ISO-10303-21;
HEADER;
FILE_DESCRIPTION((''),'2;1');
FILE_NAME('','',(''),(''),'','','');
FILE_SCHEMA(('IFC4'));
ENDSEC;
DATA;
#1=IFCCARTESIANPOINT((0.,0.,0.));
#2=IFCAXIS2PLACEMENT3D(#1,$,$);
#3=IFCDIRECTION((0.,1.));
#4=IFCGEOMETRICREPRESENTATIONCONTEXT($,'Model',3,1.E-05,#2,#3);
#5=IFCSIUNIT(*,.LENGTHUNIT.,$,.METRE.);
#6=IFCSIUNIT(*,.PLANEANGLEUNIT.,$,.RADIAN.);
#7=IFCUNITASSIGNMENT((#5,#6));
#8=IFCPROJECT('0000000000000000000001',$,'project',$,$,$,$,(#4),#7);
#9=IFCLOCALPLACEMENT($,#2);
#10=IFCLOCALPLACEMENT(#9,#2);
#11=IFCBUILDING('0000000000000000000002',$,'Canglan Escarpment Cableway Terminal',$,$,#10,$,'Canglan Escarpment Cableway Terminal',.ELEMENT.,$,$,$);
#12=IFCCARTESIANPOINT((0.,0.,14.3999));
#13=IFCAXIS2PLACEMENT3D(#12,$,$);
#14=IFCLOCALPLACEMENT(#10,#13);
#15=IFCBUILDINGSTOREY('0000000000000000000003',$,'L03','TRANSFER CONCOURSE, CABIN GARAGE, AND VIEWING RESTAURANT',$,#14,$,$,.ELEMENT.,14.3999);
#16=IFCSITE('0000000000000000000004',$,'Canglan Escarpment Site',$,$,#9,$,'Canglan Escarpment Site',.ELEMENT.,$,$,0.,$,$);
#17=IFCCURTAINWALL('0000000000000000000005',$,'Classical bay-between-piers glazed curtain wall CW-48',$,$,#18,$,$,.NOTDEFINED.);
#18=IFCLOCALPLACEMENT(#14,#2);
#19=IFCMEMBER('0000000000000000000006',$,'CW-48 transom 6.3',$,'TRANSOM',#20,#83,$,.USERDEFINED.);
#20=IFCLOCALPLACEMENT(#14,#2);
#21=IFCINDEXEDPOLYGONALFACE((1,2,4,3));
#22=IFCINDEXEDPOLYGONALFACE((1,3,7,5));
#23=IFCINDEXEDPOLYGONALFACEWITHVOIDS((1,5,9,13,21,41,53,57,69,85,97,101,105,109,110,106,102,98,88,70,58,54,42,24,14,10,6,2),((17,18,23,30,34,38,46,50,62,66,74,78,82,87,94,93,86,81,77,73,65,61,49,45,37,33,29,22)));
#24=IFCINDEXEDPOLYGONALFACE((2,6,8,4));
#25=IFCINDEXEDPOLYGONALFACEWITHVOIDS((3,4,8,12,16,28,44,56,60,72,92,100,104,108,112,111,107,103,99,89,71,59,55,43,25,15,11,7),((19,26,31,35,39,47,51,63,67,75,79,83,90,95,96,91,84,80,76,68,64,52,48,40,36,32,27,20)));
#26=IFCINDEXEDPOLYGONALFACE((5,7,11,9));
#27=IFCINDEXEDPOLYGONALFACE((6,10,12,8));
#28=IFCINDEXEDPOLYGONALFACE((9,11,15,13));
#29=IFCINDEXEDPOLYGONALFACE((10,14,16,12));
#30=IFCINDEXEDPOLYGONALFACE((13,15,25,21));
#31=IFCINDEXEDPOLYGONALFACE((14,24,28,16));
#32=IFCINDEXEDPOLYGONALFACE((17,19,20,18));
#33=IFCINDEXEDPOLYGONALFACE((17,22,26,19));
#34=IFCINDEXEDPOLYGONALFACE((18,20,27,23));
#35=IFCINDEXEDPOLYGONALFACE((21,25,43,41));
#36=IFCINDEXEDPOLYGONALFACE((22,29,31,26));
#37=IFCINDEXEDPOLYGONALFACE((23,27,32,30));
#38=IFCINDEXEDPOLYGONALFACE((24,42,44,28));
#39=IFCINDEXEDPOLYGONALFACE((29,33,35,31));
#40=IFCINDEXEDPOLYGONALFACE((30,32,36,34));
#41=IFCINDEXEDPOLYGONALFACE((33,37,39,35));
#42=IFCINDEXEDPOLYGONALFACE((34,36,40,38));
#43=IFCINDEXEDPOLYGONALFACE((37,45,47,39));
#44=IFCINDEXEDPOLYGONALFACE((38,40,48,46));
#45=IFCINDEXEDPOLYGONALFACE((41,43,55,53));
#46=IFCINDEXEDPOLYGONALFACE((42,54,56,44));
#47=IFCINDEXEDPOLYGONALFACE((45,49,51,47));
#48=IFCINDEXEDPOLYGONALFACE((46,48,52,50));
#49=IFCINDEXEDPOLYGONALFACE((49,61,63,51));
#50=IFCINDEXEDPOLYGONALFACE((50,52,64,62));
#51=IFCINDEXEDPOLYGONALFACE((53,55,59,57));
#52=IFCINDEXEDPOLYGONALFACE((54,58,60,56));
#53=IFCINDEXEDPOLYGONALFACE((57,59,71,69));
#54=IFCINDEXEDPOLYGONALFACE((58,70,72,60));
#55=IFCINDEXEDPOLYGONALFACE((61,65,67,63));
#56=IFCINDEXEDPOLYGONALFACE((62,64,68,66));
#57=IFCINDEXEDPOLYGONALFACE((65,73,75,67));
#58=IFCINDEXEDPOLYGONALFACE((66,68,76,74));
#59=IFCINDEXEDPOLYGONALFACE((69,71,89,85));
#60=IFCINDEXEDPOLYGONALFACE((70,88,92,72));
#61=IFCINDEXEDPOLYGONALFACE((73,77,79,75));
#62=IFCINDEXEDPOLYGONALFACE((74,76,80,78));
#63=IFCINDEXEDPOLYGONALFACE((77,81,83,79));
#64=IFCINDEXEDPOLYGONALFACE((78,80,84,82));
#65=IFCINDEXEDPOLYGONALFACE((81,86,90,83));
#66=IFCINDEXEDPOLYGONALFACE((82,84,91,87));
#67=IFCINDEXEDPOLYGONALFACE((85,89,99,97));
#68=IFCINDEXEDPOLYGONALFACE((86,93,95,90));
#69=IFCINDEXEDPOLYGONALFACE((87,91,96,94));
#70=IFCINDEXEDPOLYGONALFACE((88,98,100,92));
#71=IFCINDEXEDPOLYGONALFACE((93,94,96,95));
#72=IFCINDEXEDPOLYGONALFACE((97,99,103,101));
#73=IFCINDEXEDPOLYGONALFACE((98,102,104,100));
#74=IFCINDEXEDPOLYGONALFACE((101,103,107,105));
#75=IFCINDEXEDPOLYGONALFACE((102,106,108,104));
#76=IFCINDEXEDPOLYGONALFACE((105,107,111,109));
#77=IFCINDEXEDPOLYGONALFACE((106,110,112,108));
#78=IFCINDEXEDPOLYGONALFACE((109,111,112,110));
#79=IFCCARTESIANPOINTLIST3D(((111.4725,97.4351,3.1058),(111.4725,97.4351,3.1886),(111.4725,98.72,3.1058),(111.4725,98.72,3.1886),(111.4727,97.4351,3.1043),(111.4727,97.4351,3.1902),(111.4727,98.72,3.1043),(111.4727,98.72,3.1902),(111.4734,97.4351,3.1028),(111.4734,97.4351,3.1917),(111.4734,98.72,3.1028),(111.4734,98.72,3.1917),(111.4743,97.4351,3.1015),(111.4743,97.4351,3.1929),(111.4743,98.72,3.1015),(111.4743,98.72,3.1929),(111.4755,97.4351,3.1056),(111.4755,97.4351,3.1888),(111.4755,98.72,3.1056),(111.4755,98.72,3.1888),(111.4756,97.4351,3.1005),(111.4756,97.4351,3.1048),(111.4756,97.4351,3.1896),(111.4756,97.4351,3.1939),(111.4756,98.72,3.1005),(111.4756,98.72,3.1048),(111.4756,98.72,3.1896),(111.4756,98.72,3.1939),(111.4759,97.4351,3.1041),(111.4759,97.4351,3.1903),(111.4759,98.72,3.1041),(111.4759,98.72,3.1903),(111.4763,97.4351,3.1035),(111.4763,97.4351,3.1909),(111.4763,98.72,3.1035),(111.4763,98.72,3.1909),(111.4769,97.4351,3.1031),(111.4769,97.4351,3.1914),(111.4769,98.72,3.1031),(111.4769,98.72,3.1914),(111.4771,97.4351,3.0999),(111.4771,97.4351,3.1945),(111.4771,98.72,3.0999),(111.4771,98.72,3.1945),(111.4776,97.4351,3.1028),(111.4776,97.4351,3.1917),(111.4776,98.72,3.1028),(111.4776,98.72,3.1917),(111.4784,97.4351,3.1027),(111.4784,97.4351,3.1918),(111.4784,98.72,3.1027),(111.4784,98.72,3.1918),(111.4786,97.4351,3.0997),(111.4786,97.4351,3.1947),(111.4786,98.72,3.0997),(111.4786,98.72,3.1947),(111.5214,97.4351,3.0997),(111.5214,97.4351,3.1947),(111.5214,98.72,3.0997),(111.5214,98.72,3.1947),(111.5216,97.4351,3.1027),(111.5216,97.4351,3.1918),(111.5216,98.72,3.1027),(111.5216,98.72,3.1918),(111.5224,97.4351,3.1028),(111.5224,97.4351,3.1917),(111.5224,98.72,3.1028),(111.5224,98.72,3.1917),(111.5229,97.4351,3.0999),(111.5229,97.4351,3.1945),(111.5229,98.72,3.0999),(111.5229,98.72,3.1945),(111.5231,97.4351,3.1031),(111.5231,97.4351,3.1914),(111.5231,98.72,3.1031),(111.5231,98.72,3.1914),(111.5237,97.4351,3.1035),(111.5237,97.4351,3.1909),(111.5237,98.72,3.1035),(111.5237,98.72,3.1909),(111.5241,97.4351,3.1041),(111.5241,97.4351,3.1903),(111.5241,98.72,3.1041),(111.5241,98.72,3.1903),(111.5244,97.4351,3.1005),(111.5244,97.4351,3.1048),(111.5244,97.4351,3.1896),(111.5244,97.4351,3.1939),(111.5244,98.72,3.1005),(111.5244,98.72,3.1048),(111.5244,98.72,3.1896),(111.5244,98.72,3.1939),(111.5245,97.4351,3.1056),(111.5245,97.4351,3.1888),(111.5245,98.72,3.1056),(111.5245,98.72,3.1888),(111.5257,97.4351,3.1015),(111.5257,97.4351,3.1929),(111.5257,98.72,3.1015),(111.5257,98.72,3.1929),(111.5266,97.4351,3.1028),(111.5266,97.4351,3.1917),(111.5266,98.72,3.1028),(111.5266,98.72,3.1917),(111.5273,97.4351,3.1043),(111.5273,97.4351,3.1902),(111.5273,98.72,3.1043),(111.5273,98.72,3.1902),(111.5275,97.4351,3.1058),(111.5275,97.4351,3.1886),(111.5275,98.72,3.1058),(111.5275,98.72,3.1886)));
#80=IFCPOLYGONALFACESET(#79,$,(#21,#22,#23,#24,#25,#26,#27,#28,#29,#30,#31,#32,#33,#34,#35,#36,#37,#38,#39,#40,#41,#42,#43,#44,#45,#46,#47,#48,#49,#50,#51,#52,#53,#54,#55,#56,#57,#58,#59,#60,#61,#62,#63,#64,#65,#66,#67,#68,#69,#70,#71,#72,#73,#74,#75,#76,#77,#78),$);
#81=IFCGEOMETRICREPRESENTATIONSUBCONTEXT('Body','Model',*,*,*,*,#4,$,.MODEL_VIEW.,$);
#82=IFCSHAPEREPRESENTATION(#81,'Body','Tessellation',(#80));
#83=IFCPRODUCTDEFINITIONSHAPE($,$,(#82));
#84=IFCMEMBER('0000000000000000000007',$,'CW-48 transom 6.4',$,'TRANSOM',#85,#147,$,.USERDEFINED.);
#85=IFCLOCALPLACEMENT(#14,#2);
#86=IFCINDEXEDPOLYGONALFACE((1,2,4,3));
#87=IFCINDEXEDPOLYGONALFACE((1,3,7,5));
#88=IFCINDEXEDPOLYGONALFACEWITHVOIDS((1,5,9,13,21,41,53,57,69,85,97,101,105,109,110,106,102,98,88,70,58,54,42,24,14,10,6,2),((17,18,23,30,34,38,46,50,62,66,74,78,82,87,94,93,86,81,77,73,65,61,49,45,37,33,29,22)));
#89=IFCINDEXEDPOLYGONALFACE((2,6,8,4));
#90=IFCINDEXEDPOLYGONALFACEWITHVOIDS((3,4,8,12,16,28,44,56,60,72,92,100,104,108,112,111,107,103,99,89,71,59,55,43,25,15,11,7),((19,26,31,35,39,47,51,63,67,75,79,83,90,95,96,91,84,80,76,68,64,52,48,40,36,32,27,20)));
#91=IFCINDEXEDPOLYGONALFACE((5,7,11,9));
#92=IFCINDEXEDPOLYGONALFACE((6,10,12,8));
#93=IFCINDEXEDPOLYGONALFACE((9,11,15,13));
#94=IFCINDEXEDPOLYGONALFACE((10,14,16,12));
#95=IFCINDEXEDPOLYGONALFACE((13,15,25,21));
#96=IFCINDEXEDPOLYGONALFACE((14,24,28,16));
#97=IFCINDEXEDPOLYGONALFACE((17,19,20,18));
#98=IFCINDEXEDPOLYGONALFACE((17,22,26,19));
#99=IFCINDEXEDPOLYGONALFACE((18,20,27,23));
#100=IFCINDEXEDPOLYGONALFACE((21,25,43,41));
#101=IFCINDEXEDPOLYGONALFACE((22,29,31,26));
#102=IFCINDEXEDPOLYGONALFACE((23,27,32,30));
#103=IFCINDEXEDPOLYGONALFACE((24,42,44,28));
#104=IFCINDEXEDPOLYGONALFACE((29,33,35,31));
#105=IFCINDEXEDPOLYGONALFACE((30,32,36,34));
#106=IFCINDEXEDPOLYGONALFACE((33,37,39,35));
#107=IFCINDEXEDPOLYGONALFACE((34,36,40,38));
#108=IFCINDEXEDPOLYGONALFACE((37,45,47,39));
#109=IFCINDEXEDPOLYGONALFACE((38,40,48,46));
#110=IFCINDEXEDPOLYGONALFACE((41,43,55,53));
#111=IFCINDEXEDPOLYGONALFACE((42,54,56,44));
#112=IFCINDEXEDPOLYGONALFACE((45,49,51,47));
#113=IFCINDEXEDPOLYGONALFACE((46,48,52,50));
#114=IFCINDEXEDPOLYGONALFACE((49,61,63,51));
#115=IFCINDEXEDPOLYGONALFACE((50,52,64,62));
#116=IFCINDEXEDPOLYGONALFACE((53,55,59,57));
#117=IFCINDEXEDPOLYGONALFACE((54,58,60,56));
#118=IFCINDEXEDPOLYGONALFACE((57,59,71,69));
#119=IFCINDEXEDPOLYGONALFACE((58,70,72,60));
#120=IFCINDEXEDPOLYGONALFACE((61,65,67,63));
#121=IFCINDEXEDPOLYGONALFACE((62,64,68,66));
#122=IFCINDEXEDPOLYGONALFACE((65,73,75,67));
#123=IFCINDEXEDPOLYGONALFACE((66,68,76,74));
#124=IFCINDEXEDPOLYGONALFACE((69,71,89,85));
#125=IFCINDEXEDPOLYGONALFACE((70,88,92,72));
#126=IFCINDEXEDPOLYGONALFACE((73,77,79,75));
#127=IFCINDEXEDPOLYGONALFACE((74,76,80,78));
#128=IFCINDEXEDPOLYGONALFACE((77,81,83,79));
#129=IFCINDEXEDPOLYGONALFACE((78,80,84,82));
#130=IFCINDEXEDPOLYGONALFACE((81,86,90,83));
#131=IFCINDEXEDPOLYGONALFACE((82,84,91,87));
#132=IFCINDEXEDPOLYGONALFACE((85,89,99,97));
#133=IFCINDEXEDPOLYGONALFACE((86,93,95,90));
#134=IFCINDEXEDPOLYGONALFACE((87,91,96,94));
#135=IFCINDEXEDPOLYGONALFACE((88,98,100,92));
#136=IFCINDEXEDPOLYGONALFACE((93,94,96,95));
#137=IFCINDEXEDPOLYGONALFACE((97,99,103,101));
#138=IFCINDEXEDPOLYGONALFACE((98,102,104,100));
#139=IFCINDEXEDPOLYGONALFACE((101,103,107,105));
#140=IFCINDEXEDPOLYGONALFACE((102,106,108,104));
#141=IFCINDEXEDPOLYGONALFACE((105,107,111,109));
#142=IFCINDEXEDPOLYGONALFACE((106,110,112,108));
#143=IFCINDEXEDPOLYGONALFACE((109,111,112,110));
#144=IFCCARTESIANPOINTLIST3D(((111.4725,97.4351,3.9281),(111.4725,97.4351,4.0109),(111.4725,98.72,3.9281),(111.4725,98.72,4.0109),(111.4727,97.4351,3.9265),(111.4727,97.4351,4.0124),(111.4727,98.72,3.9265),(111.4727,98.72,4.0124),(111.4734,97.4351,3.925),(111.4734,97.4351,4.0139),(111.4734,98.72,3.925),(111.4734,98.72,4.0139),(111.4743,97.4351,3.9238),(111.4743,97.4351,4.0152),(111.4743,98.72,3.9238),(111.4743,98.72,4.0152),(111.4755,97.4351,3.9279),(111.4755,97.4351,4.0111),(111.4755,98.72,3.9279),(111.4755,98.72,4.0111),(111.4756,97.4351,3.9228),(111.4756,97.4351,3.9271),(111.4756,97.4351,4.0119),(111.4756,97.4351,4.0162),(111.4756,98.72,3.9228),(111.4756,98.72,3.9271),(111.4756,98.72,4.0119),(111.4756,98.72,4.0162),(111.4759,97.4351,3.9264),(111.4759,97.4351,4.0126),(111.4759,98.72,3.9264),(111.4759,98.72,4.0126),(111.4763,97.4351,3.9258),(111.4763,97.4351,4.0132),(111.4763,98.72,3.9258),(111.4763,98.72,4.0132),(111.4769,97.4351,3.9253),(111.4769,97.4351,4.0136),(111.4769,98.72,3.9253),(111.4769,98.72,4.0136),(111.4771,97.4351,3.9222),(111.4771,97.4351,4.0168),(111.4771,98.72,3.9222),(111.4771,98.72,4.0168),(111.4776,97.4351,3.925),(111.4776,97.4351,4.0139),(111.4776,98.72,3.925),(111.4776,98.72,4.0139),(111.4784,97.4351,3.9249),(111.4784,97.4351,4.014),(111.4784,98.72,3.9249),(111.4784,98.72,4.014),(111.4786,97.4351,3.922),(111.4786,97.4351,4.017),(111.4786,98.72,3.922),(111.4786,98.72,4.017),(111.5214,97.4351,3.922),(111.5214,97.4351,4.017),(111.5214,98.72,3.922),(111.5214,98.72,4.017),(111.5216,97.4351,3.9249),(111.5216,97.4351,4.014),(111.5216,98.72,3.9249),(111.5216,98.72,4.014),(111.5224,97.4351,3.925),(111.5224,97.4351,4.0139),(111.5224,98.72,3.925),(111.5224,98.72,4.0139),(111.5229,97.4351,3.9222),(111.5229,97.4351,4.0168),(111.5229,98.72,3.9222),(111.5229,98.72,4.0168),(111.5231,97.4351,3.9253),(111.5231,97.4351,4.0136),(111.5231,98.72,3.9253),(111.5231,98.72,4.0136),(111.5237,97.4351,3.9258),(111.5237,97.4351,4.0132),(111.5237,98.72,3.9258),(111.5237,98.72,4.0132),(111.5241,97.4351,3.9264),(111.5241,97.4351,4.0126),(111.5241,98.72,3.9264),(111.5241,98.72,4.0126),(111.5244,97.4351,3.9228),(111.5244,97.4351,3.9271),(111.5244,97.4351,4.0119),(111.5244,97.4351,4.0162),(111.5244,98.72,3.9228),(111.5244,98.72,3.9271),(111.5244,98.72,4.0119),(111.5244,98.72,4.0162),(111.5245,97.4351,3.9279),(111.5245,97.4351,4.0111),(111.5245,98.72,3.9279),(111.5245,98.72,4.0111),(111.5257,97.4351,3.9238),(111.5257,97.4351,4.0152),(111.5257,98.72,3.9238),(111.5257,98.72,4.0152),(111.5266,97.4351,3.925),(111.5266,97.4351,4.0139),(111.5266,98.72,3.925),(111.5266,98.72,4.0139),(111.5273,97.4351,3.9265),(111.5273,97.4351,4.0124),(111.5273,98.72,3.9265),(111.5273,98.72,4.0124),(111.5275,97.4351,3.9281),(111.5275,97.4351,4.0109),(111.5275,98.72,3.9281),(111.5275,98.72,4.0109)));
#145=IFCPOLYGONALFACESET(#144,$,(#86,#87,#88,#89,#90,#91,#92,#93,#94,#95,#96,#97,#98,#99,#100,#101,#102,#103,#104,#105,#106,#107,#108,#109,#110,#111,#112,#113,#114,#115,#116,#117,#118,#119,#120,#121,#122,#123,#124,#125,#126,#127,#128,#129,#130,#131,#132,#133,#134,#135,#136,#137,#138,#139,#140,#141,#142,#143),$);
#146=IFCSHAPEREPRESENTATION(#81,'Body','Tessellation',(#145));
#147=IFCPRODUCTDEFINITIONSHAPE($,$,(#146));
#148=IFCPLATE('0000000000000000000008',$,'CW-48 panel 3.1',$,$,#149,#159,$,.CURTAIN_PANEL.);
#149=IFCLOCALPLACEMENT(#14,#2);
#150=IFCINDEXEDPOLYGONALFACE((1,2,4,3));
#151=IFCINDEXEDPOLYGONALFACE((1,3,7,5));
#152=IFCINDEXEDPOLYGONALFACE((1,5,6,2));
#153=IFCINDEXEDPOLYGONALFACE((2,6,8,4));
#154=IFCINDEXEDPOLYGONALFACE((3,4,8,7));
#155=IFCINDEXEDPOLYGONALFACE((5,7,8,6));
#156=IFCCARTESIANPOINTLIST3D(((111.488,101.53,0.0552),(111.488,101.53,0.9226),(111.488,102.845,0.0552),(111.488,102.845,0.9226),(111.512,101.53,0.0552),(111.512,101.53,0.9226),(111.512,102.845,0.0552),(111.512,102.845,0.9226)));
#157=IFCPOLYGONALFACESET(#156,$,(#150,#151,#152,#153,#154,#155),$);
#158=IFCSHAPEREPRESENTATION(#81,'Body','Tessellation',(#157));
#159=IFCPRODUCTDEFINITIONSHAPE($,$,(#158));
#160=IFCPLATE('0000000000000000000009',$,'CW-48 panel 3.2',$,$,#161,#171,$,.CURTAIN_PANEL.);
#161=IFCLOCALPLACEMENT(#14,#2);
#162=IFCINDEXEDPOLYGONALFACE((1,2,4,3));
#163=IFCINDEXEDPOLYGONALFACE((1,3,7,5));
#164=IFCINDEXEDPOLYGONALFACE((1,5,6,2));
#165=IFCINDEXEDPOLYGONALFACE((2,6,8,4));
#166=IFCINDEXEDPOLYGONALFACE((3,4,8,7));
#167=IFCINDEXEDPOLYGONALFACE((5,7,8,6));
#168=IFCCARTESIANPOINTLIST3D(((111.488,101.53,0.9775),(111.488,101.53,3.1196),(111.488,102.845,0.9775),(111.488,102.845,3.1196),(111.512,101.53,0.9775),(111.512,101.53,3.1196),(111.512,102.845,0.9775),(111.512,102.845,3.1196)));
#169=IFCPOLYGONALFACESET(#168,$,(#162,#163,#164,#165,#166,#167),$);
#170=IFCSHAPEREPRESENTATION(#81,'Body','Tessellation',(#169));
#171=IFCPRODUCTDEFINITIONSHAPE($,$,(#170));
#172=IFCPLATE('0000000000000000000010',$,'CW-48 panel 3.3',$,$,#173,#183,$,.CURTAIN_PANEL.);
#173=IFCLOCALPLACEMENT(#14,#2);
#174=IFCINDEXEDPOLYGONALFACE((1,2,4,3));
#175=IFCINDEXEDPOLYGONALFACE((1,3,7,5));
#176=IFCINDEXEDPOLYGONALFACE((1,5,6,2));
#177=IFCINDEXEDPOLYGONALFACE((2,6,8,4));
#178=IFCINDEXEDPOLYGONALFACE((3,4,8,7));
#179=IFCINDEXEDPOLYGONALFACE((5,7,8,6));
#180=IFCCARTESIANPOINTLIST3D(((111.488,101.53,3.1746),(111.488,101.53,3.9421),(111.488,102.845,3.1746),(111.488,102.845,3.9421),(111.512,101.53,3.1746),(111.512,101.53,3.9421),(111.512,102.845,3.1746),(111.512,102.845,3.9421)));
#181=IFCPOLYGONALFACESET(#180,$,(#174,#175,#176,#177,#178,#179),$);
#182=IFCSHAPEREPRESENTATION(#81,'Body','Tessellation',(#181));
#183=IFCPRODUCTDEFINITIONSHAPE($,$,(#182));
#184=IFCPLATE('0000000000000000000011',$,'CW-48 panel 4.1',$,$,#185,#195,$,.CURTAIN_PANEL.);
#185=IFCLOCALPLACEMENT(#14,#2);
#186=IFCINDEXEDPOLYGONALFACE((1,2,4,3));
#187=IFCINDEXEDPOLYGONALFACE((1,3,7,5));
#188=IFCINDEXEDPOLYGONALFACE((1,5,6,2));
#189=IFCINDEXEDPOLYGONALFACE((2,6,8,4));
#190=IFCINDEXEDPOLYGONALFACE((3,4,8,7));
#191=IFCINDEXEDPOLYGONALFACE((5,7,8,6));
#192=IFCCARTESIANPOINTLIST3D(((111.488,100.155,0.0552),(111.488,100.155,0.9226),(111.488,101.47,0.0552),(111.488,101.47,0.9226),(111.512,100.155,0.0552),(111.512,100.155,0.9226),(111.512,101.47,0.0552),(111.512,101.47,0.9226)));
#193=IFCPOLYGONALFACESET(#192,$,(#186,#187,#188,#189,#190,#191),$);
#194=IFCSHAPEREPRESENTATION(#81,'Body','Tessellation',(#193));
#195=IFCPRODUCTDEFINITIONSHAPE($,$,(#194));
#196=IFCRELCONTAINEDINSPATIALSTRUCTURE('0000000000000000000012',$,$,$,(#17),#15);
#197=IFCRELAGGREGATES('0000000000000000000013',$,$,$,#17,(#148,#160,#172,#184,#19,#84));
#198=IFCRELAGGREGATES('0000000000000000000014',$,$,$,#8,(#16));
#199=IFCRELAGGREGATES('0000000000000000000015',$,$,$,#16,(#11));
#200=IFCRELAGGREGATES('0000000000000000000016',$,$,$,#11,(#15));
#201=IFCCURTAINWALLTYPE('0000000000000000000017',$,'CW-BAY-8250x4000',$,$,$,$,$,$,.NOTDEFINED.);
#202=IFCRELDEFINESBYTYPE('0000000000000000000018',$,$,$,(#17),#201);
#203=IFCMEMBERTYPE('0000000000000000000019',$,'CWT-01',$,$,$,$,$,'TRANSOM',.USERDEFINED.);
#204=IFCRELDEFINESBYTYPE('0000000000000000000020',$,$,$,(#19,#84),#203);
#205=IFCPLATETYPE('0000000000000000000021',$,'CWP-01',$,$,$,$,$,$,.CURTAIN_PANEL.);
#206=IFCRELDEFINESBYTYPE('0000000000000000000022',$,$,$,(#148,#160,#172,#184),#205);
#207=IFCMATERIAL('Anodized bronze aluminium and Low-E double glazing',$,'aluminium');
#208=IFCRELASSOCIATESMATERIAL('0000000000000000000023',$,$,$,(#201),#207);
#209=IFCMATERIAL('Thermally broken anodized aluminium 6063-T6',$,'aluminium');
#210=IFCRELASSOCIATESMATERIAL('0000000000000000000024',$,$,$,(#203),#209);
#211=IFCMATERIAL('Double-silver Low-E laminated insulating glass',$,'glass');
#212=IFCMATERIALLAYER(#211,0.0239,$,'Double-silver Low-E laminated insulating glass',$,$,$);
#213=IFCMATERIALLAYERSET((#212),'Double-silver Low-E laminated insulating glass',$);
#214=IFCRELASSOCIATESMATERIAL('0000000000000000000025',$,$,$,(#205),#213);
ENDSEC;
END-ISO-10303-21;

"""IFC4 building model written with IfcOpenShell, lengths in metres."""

from ifc_helpers import new_model, si_unit, direction, frame, origin, origin_2d, place, context, subcontext, project, spatial, rectangle, hollow_rectangle, extrude, material, layer, layer_set, material_profile, profile_set, type_object, element, aggregate, save


model = new_model("IFC4")

# Units and contexts
model_context = context("Model", 3, precision=1e-05, world=origin(), true_north=direction((0.0, 1.0)))
body_context = subcontext(model_context, "Body", "Model", "MODEL_VIEW")
ifc_project = project(units=[si_unit("LENGTHUNIT", "METRE"), si_unit("PLANEANGLEUNIT", "RADIAN")], contexts=[model_context])

# Site, building, storey
site_placement = place(None, origin())
site = spatial("IfcSite", under=ifc_project, at=site_placement, Name="Canglan Escarpment Site", LongName="Canglan Escarpment Site", CompositionType="ELEMENT", RefElevation=0.0)
building_placement = place(site_placement, origin())
building = spatial("IfcBuilding", under=site, at=building_placement, Name="Canglan Escarpment Cableway Terminal", LongName="Canglan Escarpment Cableway Terminal", CompositionType="ELEMENT")
storey_placement = place(building_placement, frame((0.0, 0.0, 14.3999)))
storey = spatial("IfcBuildingStorey", under=building, at=storey_placement, Name="L03", Description="TRANSFER CONCOURSE, CABIN GARAGE, AND VIEWING RESTAURANT", CompositionType="ELEMENT", Elevation=14.3999)

# Curtain wall, members, plates
ifc_material_1 = material(Name="Anodized bronze aluminium and Low-E double glazing", Category="aluminium")
curtain_wall_type = type_object("IfcCurtainWallType", Name="CW-BAY-8250x4000", PredefinedType="NOTDEFINED", material=ifc_material_1)
curtain_wall_placement = place(storey_placement, origin())
curtain_wall = element("IfcCurtainWall", 1, at=curtain_wall_placement, inside=storey, type_object=curtain_wall_type, Name="Classical bay-between-piers glazed curtain wall CW-48", PredefinedType="NOTDEFINED")
ifc_material_2 = material(Name="Thermally broken anodized aluminium 6063-T6", Category="aluminium")
ifc_material_profile_1 = material_profile(ifc_material_2, hollow_rectangle(XDim=0.0549, YDim=0.095, WallThickness=0.0029, InnerFilletRadius=0.0029, OuterFilletRadius=0.0061, at=origin_2d()), Name="ALU-TRAN 55x95x3")
ifc_profile_set_1 = profile_set([ifc_material_profile_1], Name="Thermally broken anodized aluminium 6063-T6")
member_type_1 = type_object("IfcMemberType", Name="CWT-01", ElementType="TRANSOM", PredefinedType="USERDEFINED", material=ifc_profile_set_1)
member_1_placement = place(storey_placement, frame((111.5, 98.72, 3.1472), z_axis=(0.0, -1.0, 0.0), x_axis=(1.0, 0.0, 0.0)))
member_1 = element("IfcMember", 2, at=member_1_placement, type_object=member_type_1, Name="CW-48 transom 6.3", ObjectType="TRANSOM", PredefinedType="USERDEFINED", context=body_context, shape_type="SweptSolid", body=[
    extrude(hollow_rectangle(XDim=0.0549, YDim=0.095, WallThickness=0.0029, InnerFilletRadius=0.0029, OuterFilletRadius=0.0061, at=origin_2d()), origin(), (0.0, 0.0, 1.0), 1.2849),
])
member_2_placement = place(storey_placement, frame((111.5, 98.72, 3.9695), z_axis=(0.0, -1.0, 0.0), x_axis=(1.0, 0.0, 0.0)))
member_2 = element("IfcMember", 3, at=member_2_placement, type_object=member_type_1, Name="CW-48 transom 6.4", ObjectType="TRANSOM", PredefinedType="USERDEFINED", context=body_context, shape_type="SweptSolid", body=[
    extrude(hollow_rectangle(XDim=0.0549, YDim=0.095, WallThickness=0.0029, InnerFilletRadius=0.0029, OuterFilletRadius=0.0061, at=origin_2d()), origin(), (0.0, 0.0, 1.0), 1.2849),
])
ifc_material_3 = material(Name="Double-silver Low-E laminated insulating glass", Category="glass")
ifc_layer_1 = layer(ifc_material_3, 0.0239, Name="Double-silver Low-E laminated insulating glass")
ifc_layer_set_1 = layer_set([ifc_layer_1], Name="Double-silver Low-E laminated insulating glass")
plate_type = type_object("IfcPlateType", Name="CWP-01", PredefinedType="CURTAIN_PANEL", material=ifc_layer_set_1)
plate_1_placement = place(storey_placement, frame((111.5, 102.1875, 0.0552), z_axis=(0.0, 0.0, 1.0), x_axis=(0.0, -1.0, 0.0)))
plate_1 = element("IfcPlate", 4, at=plate_1_placement, type_object=plate_type, Name="CW-48 panel 3.1", PredefinedType="CURTAIN_PANEL", context=body_context, shape_type="SweptSolid", body=[
    extrude(rectangle(XDim=1.3149, YDim=0.0239, at=origin_2d()), origin(), (0.0, 0.0, 1.0), 0.8674),
])
plate_2_placement = place(storey_placement, frame((111.5, 102.1875, 0.9775), z_axis=(0.0, 0.0, 1.0), x_axis=(0.0, -1.0, 0.0)))
plate_2 = element("IfcPlate", 5, at=plate_2_placement, type_object=plate_type, Name="CW-48 panel 3.2", PredefinedType="CURTAIN_PANEL", context=body_context, shape_type="SweptSolid", body=[
    extrude(rectangle(XDim=1.3149, YDim=0.0239, at=origin_2d()), origin(), (0.0, 0.0, 1.0), 2.1421),
])
plate_3_placement = place(storey_placement, frame((111.5, 102.1875, 3.1746), z_axis=(0.0, 0.0, 1.0), x_axis=(0.0, -1.0, 0.0)))
plate_3 = element("IfcPlate", 6, at=plate_3_placement, type_object=plate_type, Name="CW-48 panel 3.3", PredefinedType="CURTAIN_PANEL", context=body_context, shape_type="SweptSolid", body=[
    extrude(rectangle(XDim=1.3149, YDim=0.0239, at=origin_2d()), origin(), (0.0, 0.0, 1.0), 0.7676),
])
plate_4_placement = place(storey_placement, frame((111.5, 100.8125, 0.0552), z_axis=(0.0, 0.0, 1.0), x_axis=(0.0, -1.0, 0.0)))
plate_4 = element("IfcPlate", 7, at=plate_4_placement, type_object=plate_type, Name="CW-48 panel 4.1", PredefinedType="CURTAIN_PANEL", context=body_context, shape_type="SweptSolid", body=[
    extrude(rectangle(XDim=1.3149, YDim=0.0239, at=origin_2d()), origin(), (0.0, 0.0, 1.0), 0.8674),
])
aggregate(curtain_wall, [plate_1, plate_2, plate_3, plate_4, member_1, member_2])

save(model, "model.ifc")
